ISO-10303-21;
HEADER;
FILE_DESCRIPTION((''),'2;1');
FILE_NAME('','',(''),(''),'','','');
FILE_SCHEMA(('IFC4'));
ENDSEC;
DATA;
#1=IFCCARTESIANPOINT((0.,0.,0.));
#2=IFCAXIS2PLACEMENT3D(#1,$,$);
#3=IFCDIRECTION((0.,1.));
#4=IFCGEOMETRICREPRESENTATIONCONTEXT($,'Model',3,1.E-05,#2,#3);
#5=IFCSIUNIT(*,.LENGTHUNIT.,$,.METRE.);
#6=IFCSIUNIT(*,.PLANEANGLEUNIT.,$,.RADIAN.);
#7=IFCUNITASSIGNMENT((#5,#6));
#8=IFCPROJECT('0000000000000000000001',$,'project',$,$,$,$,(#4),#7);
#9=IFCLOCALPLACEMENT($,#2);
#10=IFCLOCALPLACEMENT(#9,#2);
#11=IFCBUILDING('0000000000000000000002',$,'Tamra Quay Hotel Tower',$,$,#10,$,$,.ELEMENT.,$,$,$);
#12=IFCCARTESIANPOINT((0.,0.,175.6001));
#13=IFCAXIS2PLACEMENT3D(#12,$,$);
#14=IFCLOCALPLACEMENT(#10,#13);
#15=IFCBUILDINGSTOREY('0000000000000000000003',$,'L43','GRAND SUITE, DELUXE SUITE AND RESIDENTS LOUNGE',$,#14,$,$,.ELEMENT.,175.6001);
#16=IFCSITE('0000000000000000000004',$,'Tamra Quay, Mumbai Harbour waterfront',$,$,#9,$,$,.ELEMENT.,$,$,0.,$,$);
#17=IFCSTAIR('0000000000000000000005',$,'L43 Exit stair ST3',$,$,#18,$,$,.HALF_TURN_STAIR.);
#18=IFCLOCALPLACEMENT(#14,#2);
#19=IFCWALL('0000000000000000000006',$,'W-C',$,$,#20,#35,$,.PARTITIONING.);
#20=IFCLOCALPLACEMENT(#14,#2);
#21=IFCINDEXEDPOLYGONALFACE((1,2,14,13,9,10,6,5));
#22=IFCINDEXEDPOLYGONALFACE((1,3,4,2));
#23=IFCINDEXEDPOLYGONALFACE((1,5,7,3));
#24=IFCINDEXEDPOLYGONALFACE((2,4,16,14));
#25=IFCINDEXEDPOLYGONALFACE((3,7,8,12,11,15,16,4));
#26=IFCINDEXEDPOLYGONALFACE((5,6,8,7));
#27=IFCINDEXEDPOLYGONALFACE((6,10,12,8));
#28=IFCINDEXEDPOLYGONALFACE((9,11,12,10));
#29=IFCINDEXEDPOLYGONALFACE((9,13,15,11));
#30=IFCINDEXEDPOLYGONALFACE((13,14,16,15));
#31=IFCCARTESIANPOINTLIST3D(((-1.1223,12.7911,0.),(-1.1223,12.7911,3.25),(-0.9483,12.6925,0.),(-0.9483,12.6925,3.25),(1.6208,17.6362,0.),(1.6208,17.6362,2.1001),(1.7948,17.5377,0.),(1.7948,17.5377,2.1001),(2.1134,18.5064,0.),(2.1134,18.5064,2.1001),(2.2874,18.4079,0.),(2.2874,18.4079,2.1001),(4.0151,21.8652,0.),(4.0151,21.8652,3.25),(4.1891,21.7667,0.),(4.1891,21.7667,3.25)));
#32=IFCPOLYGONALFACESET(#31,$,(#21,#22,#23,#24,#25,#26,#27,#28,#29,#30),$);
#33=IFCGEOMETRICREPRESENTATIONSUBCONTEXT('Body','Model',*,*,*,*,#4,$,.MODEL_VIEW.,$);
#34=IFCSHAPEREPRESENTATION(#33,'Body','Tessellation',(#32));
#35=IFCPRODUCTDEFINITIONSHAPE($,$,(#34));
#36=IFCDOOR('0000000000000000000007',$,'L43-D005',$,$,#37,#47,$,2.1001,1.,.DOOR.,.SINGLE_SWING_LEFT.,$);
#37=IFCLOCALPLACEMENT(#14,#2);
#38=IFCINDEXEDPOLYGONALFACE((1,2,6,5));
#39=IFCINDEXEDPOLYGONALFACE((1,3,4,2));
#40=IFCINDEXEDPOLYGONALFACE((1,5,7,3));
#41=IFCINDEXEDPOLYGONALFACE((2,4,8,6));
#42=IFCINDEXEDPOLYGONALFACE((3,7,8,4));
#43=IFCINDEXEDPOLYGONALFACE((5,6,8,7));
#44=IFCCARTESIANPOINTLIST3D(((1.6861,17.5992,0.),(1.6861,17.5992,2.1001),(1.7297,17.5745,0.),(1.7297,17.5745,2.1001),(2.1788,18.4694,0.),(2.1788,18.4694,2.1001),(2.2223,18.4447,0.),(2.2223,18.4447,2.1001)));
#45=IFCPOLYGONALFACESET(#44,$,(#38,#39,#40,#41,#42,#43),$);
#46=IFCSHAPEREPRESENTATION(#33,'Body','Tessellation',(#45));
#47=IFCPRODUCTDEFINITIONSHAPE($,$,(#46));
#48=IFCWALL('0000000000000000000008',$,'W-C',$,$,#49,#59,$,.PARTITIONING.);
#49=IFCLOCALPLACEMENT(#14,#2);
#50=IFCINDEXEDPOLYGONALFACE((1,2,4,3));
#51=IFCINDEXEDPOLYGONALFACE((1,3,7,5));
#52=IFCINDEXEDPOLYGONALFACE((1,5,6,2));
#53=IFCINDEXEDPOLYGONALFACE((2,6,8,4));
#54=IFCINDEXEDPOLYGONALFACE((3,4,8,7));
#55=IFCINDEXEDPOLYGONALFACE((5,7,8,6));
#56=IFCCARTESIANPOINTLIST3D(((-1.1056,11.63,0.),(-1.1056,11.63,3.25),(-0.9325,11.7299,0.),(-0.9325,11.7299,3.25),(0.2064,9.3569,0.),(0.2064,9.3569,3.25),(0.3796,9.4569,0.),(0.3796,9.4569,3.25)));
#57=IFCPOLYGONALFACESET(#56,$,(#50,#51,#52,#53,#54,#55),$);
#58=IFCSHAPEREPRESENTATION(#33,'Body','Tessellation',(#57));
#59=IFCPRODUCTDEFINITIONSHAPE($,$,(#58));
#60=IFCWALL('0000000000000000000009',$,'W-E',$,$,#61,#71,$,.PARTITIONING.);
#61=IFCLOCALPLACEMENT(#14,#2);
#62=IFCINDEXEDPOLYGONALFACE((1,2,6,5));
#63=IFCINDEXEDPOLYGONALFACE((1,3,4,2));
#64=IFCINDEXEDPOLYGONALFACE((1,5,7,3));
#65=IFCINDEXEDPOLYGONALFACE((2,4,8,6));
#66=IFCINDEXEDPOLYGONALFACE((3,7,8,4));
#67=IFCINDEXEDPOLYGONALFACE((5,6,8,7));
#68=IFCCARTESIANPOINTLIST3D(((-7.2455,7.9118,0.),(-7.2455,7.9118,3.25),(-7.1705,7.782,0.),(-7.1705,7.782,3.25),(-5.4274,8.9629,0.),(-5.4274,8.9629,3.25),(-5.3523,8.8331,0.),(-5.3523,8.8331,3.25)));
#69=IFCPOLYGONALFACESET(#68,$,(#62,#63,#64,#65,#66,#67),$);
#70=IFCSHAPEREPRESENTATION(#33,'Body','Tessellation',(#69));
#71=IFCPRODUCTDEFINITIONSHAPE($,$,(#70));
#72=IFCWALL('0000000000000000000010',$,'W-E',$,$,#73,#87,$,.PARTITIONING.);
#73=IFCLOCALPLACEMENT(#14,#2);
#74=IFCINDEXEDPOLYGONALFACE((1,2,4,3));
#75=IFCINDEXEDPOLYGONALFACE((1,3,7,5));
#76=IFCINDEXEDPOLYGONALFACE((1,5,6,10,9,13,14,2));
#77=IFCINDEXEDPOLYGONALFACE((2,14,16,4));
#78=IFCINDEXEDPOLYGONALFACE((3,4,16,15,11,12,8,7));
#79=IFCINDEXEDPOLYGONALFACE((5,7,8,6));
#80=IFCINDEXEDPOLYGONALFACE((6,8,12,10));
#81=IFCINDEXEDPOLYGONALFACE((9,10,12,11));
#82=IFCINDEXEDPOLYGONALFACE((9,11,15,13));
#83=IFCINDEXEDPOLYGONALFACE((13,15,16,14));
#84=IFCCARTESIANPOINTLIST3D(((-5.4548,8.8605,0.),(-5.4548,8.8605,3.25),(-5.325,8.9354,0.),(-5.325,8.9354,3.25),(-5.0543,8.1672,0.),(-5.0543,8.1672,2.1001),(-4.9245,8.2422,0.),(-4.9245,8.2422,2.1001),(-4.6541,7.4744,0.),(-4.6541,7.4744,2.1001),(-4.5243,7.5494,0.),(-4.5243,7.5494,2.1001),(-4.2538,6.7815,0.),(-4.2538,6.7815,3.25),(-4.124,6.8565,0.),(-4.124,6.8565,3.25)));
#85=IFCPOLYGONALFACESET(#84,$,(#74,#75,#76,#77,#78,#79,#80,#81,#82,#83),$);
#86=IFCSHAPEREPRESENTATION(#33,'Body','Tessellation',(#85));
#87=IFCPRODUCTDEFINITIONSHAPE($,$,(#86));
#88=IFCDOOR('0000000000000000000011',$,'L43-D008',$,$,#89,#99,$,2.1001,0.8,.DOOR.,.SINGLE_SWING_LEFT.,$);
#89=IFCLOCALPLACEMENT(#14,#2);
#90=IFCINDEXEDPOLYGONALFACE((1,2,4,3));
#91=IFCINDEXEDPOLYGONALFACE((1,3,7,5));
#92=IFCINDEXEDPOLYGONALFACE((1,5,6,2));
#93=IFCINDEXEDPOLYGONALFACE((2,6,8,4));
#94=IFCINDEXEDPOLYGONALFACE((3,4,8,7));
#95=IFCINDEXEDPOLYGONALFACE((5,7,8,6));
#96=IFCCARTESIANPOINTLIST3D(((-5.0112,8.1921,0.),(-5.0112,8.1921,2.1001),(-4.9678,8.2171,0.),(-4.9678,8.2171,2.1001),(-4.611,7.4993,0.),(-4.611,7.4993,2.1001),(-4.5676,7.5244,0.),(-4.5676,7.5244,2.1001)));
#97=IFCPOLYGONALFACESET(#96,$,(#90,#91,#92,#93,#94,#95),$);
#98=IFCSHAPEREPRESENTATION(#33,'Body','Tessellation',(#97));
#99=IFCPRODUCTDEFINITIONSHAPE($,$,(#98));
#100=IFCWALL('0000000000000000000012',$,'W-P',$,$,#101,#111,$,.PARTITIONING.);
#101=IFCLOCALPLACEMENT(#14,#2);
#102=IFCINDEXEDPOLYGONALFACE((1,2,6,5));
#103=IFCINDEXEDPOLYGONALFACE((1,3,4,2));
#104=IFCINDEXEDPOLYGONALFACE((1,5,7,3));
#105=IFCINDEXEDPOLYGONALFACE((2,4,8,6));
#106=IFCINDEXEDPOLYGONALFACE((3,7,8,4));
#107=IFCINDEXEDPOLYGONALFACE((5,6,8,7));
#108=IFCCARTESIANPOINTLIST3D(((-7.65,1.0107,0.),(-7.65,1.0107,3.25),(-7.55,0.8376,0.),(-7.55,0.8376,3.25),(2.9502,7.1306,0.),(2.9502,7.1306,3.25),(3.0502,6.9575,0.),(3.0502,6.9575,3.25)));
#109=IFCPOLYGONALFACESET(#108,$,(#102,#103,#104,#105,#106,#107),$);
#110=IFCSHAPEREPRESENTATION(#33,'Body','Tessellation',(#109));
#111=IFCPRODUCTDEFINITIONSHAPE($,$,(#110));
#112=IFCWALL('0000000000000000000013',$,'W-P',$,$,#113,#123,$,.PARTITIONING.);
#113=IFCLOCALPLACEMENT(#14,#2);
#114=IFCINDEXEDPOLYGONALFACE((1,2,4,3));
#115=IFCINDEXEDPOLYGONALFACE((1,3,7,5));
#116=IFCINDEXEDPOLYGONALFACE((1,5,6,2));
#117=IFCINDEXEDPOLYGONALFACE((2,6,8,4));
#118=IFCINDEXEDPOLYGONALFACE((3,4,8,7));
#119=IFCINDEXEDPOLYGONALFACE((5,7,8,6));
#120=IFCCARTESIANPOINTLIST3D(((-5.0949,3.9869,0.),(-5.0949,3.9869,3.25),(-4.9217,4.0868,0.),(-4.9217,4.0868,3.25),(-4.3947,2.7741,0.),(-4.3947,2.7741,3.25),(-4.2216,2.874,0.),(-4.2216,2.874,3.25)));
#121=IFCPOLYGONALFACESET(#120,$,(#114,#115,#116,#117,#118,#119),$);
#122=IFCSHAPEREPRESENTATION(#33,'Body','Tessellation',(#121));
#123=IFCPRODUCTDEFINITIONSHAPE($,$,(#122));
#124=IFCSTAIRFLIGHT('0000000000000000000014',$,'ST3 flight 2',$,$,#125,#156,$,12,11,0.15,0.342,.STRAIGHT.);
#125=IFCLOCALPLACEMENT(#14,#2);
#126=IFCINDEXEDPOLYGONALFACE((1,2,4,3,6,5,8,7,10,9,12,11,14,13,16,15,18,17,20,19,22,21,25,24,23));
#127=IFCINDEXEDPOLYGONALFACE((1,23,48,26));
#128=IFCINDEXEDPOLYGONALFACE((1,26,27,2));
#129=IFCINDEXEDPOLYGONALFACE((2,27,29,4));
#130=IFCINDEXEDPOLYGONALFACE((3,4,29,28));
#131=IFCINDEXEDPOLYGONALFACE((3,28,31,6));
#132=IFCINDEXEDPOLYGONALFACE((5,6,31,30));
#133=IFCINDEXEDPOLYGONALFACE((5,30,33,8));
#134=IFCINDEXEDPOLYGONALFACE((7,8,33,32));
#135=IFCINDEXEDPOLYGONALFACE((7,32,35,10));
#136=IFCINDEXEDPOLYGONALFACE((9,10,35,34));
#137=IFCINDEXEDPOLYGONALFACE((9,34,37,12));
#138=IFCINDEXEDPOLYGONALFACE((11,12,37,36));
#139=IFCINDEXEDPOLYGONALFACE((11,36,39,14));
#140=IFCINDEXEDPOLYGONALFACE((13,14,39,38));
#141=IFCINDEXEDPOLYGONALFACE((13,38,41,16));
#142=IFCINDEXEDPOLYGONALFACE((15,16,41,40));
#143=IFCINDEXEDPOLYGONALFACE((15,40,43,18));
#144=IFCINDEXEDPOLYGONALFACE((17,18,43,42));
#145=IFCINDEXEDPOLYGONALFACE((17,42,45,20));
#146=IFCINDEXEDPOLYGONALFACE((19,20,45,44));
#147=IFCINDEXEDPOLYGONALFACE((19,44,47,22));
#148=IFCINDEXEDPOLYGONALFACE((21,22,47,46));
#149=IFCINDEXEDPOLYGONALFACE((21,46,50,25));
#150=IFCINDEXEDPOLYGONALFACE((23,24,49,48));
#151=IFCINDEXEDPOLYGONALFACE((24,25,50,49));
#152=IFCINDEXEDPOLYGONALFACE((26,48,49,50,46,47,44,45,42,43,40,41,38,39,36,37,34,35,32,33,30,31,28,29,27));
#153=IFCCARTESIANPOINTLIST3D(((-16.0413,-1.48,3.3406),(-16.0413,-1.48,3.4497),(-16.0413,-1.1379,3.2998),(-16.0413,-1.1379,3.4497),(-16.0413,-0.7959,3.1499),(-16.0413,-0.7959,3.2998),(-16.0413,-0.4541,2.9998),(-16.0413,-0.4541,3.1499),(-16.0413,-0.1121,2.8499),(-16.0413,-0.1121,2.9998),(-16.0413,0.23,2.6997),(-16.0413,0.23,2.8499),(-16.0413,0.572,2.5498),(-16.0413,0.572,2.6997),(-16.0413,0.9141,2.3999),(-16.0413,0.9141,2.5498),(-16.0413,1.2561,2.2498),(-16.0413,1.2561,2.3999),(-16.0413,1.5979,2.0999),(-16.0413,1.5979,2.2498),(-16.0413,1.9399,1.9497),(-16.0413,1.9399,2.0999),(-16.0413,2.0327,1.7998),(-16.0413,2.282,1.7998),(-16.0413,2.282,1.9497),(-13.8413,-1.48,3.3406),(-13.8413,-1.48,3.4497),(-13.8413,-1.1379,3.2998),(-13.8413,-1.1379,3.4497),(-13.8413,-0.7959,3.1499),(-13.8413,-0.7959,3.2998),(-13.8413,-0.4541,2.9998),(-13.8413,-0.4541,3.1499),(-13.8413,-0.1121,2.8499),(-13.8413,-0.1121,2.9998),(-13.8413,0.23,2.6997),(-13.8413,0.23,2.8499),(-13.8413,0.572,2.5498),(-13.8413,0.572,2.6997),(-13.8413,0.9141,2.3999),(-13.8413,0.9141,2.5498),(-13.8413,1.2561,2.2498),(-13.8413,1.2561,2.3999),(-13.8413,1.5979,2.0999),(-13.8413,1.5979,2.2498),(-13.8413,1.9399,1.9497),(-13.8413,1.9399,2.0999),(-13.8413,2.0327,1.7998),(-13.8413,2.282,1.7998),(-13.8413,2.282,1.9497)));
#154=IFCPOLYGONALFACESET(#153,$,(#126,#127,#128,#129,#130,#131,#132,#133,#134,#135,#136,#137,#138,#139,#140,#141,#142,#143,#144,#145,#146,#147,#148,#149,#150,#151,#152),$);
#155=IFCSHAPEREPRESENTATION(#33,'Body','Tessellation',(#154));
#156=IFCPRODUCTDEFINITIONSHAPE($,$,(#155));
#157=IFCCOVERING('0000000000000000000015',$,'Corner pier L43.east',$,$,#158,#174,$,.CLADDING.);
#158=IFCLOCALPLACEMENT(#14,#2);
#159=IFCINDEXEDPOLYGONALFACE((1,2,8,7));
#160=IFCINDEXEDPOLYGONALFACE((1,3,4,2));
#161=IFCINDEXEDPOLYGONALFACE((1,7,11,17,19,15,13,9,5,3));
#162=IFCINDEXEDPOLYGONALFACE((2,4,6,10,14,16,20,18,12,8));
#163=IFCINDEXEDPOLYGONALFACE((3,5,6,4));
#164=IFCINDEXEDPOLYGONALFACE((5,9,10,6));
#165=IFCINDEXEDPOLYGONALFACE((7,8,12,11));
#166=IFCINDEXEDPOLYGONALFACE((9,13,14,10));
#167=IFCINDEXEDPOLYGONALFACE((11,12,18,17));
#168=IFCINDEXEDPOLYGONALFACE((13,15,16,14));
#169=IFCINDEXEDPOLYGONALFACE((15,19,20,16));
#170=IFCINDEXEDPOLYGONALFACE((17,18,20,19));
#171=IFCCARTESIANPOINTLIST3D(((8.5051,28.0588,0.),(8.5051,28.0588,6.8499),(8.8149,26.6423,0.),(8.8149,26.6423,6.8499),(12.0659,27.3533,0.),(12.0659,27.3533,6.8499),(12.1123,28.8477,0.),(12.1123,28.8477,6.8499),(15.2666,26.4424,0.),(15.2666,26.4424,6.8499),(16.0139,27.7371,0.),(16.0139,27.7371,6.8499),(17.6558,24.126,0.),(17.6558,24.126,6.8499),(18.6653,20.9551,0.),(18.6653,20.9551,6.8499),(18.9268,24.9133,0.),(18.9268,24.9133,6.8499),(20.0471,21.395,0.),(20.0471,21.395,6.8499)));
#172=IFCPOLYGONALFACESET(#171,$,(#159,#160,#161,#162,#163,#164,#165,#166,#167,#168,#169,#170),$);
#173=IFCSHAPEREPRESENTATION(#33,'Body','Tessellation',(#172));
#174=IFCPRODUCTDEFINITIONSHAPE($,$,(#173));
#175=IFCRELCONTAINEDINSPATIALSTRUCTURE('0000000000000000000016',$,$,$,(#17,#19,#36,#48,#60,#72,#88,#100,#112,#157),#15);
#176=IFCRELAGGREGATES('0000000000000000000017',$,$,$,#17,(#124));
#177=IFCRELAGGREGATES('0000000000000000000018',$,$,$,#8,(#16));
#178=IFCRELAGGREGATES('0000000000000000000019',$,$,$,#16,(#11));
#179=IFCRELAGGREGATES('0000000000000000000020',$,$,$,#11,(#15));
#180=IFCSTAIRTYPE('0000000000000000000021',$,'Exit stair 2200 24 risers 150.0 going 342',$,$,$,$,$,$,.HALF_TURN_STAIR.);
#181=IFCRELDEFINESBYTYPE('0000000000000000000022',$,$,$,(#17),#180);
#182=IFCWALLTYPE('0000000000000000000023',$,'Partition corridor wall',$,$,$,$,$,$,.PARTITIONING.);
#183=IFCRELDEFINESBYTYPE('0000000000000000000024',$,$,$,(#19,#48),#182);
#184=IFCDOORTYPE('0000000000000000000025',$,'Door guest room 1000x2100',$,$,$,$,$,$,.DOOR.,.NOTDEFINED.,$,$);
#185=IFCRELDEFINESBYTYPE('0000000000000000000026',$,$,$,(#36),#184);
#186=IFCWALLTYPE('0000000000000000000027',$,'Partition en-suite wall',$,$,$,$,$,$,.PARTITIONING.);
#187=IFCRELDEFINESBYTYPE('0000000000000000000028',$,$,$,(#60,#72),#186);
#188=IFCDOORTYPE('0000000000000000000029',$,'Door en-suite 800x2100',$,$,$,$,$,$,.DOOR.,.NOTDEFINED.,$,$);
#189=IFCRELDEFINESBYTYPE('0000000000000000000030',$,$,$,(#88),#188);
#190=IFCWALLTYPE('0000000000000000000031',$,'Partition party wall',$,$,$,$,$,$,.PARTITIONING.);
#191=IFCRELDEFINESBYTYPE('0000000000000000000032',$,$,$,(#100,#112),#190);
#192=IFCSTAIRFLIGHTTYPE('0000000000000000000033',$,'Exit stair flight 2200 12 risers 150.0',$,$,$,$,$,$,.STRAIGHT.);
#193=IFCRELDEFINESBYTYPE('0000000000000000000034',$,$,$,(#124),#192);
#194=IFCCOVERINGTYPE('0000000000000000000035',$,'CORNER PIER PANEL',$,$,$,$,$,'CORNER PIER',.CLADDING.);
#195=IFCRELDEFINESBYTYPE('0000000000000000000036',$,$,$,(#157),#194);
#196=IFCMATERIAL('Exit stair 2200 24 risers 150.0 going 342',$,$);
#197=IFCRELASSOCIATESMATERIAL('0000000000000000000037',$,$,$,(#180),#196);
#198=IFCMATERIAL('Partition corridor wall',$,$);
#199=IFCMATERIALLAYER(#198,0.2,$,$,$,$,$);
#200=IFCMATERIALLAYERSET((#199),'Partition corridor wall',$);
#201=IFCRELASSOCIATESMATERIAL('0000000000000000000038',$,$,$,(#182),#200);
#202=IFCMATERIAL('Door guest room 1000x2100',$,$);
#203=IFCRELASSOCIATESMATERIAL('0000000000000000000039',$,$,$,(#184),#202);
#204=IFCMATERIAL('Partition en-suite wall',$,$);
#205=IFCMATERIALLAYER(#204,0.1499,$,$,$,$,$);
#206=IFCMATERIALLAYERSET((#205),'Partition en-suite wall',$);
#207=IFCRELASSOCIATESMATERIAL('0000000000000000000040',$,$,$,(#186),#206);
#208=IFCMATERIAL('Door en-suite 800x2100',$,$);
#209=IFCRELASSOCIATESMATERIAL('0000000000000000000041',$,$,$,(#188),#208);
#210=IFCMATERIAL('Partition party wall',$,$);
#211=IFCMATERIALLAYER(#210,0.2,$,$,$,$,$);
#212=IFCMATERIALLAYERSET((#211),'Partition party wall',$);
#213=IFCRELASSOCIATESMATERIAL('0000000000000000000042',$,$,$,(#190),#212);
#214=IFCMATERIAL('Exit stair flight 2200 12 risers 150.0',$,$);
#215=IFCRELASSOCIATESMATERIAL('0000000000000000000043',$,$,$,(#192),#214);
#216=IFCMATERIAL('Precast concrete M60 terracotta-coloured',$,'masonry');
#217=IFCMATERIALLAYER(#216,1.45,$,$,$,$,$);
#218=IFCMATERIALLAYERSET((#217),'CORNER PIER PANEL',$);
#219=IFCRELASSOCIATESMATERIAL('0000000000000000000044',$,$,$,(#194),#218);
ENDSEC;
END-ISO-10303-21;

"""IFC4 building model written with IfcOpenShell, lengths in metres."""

from ifc_helpers import new_model, si_unit, direction, frame, frame_2d, origin, place, context, subcontext, project, spatial, polyline, rectangle, outline, extrude, material, layer, layer_set, type_object, element, fill, aggregate, save


model = new_model("IFC4")

# Units and contexts
model_context = context("Model", 3, precision=1e-05, world=origin(), true_north=direction((0.0, 1.0)))
body_context = subcontext(model_context, "Body", "Model", "MODEL_VIEW")
ifc_project = project(units=[si_unit("LENGTHUNIT", "METRE"), si_unit("PLANEANGLEUNIT", "RADIAN")], contexts=[model_context])

# Site, building, storey
site_placement = place(None, origin())
site = spatial("IfcSite", under=ifc_project, at=site_placement, Name="Tamra Quay, Mumbai Harbour waterfront", CompositionType="ELEMENT", RefElevation=0.0)
building_placement = place(site_placement, origin())
building = spatial("IfcBuilding", under=site, at=building_placement, Name="Tamra Quay Hotel Tower", CompositionType="ELEMENT")
storey_placement = place(building_placement, frame((0.0, 0.0, 175.6001)))
storey = spatial("IfcBuildingStorey", under=building, at=storey_placement, Name="L43", Description="GRAND SUITE, DELUXE SUITE AND RESIDENTS LOUNGE", CompositionType="ELEMENT", Elevation=175.6001)

# Stair
ifc_material_1 = material(Name="Exit stair 2200 24 risers 150.0 going 342")
stair_type = type_object("IfcStairType", Name="Exit stair 2200 24 risers 150.0 going 342", PredefinedType="HALF_TURN_STAIR", material=ifc_material_1)
stair_1_placement = place(storey_placement, origin())
stair_1 = element("IfcStair", 1, at=stair_1_placement, inside=storey, type_object=stair_type, Name="L43 Exit stair ST3", PredefinedType="HALF_TURN_STAIR")

# Shared definitions
ifc_material_2 = material(Name="Partition corridor wall")
ifc_layer_1 = layer(ifc_material_2, 0.2)
ifc_layer_set_1 = layer_set([ifc_layer_1], Name="Partition corridor wall")
wall_type_1 = type_object("IfcWallType", Name="Partition corridor wall", PredefinedType="PARTITIONING", material=ifc_layer_set_1)
ifc_material_3 = material(Name="Door guest room 1000x2100")
door_type_1 = type_object("IfcDoorType", Name="Door guest room 1000x2100", OperationType="NOTDEFINED", PredefinedType="DOOR", material=ifc_material_3)

# Wall, opening, door
wall_1_placement = place(storey_placement, frame((-1.0354, 12.7417, 0.0), z_axis=(0.0, 0.0, 1.0), x_axis=(0.492678, 0.870212, 0.0)))
wall_1 = element("IfcWall", 2, at=wall_1_placement, inside=storey, type_object=wall_type_1, Name="W-C", PredefinedType="PARTITIONING", context=body_context, shape_type="SweptSolid", body=[
    extrude(rectangle(XDim=10.4275, YDim=0.2, at=frame_2d((5.2139, 0.0))), origin(), (0.0, 0.0, 1.0), 3.25),
])
opening_1_placement = place(wall_1_placement, frame((5.5679, 0.0, 0.0)))
opening_1 = element("IfcOpeningElement", 3, at=opening_1_placement, cuts=wall_1, PredefinedType="OPENING", context=body_context, shape_type="SweptSolid", body=[
    extrude(rectangle(XDim=1.0, YDim=2.1001, at=frame_2d((0.5, 1.05))), frame((0.0, 0.1099, 0.0), z_axis=(0.0, -1.0, 0.0), x_axis=(1.0, 0.0, 0.0)), (0.0, 0.0, 1.0), 0.22),
])
door_1_placement = place(opening_1_placement, origin())
door_1 = element("IfcDoor", 4, at=door_1_placement, inside=storey, type_object=door_type_1, Name="L43-D005", OperationType="SINGLE_SWING_LEFT", OverallHeight=2.1001, OverallWidth=1.0, PredefinedType="DOOR", context=body_context, shape_type="SweptSolid", body=[
    extrude(rectangle(XDim=1.0, YDim=2.1001, at=frame_2d((0.5, 1.05))), frame((0.0, 0.0249, 0.0), z_axis=(0.0, -1.0, 0.0), x_axis=(1.0, 0.0, 0.0)), (0.0, 0.0, 1.0), 0.05),
])
fill(opening_1, door_1)

# Walls
wall_2_placement = place(storey_placement, frame((-1.019, 11.6799, 0.0), z_axis=(0.0, 0.0, 1.0), x_axis=(0.499921, -0.866071, 0.0)))
element("IfcWall", 5, at=wall_2_placement, inside=storey, type_object=wall_type_1, Name="W-C", PredefinedType="PARTITIONING", context=body_context, shape_type="SweptSolid", body=[
    extrude(rectangle(XDim=2.6245, YDim=0.2, at=frame_2d((1.3123, 0.0))), origin(), (0.0, 0.0, 1.0), 3.25),
])
ifc_material_4 = material(Name="Partition en-suite wall")
ifc_layer_2 = layer(ifc_material_4, 0.1499)
ifc_layer_set_2 = layer_set([ifc_layer_2], Name="Partition en-suite wall")
wall_type_2 = type_object("IfcWallType", Name="Partition en-suite wall", PredefinedType="PARTITIONING", material=ifc_layer_set_2)
wall_3_placement = place(storey_placement, frame((-7.208, 7.8469, 0.0), z_axis=(0.0, 0.0, 1.0), x_axis=(0.86575, 0.500477, 0.0)))
element("IfcWall", 6, at=wall_3_placement, inside=storey, type_object=wall_type_2, Name="W-E", PredefinedType="PARTITIONING", context=body_context, shape_type="SweptSolid", body=[
    extrude(rectangle(XDim=2.1001, YDim=0.1499, at=frame_2d((1.05, 0.0))), origin(), (0.0, 0.0, 1.0), 3.25),
])

# Wall, opening, door
wall_4_placement = place(storey_placement, frame((-5.3899, 8.8979, 0.0), z_axis=(0.0, 0.0, 1.0), x_axis=(0.500218, -0.865899, 0.0)))
wall_4 = element("IfcWall", 7, at=wall_4_placement, inside=storey, type_object=wall_type_2, Name="W-E", PredefinedType="PARTITIONING", context=body_context, shape_type="SweptSolid", body=[
    extrude(rectangle(XDim=2.4009, YDim=0.1499, at=frame_2d((1.2004, 0.0))), origin(), (0.0, 0.0, 1.0), 3.25),
])
opening_2_placement = place(wall_4_placement, frame((0.8008, 0.0, 0.0)))
opening_2 = element("IfcOpeningElement", 8, at=opening_2_placement, cuts=wall_4, PredefinedType="OPENING", context=body_context, shape_type="SweptSolid", body=[
    extrude(rectangle(XDim=0.8, YDim=2.1001, at=frame_2d((0.3999, 1.05))), frame((0.0, 0.085, 0.0), z_axis=(0.0, -1.0, 0.0), x_axis=(1.0, 0.0, 0.0)), (0.0, 0.0, 1.0), 0.1699),
])
ifc_material_5 = material(Name="Door en-suite 800x2100")
door_type_2 = type_object("IfcDoorType", Name="Door en-suite 800x2100", OperationType="NOTDEFINED", PredefinedType="DOOR", material=ifc_material_5)
door_2_placement = place(opening_2_placement, origin())
door_2 = element("IfcDoor", 9, at=door_2_placement, inside=storey, type_object=door_type_2, Name="L43-D008", OperationType="SINGLE_SWING_LEFT", OverallHeight=2.1001, OverallWidth=0.8, PredefinedType="DOOR", context=body_context, shape_type="SweptSolid", body=[
    extrude(rectangle(XDim=0.8, YDim=2.1001, at=frame_2d((0.3999, 1.05))), frame((0.0, 0.0249, 0.0), z_axis=(0.0, -1.0, 0.0), x_axis=(1.0, 0.0, 0.0)), (0.0, 0.0, 1.0), 0.05),
])
fill(opening_2, door_2)

# Walls
ifc_material_6 = material(Name="Partition party wall")
ifc_layer_3 = layer(ifc_material_6, 0.2)
ifc_layer_set_3 = layer_set([ifc_layer_3], Name="Partition party wall")
wall_type_3 = type_object("IfcWallType", Name="Partition party wall", PredefinedType="PARTITIONING", material=ifc_layer_set_3)
wall_5_placement = place(storey_placement, frame((-7.6001, 0.9241, 0.0), z_axis=(0.0, 0.0, 1.0), x_axis=(0.866029, 0.499994, 0.0)))
element("IfcWall", 10, at=wall_5_placement, inside=storey, type_object=wall_type_3, Name="W-P", PredefinedType="PARTITIONING", context=body_context, shape_type="SweptSolid", body=[
    extrude(rectangle(XDim=12.24, YDim=0.2, at=frame_2d((6.1201, 0.0))), origin(), (0.0, 0.0, 1.0), 3.25),
])
wall_6_placement = place(storey_placement, frame((-5.0083, 4.0369, 0.0), z_axis=(0.0, 0.0, 1.0), x_axis=(0.499964, -0.866046, 0.0)))
element("IfcWall", 11, at=wall_6_placement, inside=storey, type_object=wall_type_3, Name="W-P", PredefinedType="PARTITIONING", context=body_context, shape_type="SweptSolid", body=[
    extrude(rectangle(XDim=1.4004, YDim=0.2, at=frame_2d((0.7002, 0.0))), origin(), (0.0, 0.0, 1.0), 3.25),
])

# Stair flight
ifc_material_7 = material(Name="Exit stair flight 2200 12 risers 150.0")
stair_flight_type = type_object("IfcStairFlightType", Name="Exit stair flight 2200 12 risers 150.0", PredefinedType="STRAIGHT", material=ifc_material_7)
stair_flight_placement = place(storey_placement, frame((-14.9414, 2.282, 1.7998), z_axis=(0.0, 0.0, 1.0), x_axis=(0.0, -1.0, 0.0)))
stair_flight = element("IfcStairFlight", 12, at=stair_flight_placement, type_object=stair_flight_type, Name="ST3 flight 2", NumberOfRisers=12, NumberOfTreads=11, PredefinedType="STRAIGHT", RiserHeight=0.15, TreadLength=0.342, context=body_context, shape_type="SweptSolid", body=[
    extrude(outline(polyline([(0.0, 0.0), (0.0, 0.1499), (0.342, 0.1499), (0.342, 0.3), (0.6841, 0.3), (0.6841, 0.45), (1.0259, 0.45), (1.0259, 0.6001), (1.3679, 0.6001), (1.3679, 0.75), (1.71, 0.75), (1.71, 0.8999), (2.052, 0.8999), (2.052, 1.05), (2.394, 1.05), (2.394, 1.2), (2.7361, 1.2), (2.7361, 1.3501), (3.0779, 1.3501), (3.0779, 1.5), (3.4199, 1.5), (3.4199, 1.6499), (3.762, 1.6499), (3.762, 1.8), (3.762, 1.5408), (0.2493, 0.0), (0.0, 0.0)])), frame((0.0, 1.1001, 0.0), z_axis=(0.0, -1.0, 0.0), x_axis=(1.0, 0.0, 0.0)), (0.0, 0.0, 1.0), 2.2),
])
aggregate(stair_1, [stair_flight])

# Covering
ifc_material_8 = material(Name="Precast concrete M60 terracotta-coloured", Category="masonry")
ifc_layer_4 = layer(ifc_material_8, 1.45)
ifc_layer_set_4 = layer_set([ifc_layer_4], Name="CORNER PIER PANEL")
covering_type = type_object("IfcCoveringType", Name="CORNER PIER PANEL", ElementType="CORNER PIER", PredefinedType="CLADDING", material=ifc_layer_set_4)
covering_1_placement = place(storey_placement, origin())
element("IfcCovering", 13, at=covering_1_placement, inside=storey, type_object=covering_type, Name="Corner pier L43.east", PredefinedType="CLADDING", context=body_context, shape_type="SweptSolid", body=[
    extrude(outline(polyline([(18.6653, 20.9551), (20.0471, 21.395), (18.9268, 24.9133), (16.0139, 27.7371), (12.1123, 28.8477), (8.5051, 28.0588), (8.8149, 26.6423), (12.0659, 27.3533), (15.2666, 26.4424), (17.6558, 24.126), (18.6653, 20.9551)])), origin(), (0.0, 0.0, 1.0), 6.8499),
])

save(model, "model.ifc")
